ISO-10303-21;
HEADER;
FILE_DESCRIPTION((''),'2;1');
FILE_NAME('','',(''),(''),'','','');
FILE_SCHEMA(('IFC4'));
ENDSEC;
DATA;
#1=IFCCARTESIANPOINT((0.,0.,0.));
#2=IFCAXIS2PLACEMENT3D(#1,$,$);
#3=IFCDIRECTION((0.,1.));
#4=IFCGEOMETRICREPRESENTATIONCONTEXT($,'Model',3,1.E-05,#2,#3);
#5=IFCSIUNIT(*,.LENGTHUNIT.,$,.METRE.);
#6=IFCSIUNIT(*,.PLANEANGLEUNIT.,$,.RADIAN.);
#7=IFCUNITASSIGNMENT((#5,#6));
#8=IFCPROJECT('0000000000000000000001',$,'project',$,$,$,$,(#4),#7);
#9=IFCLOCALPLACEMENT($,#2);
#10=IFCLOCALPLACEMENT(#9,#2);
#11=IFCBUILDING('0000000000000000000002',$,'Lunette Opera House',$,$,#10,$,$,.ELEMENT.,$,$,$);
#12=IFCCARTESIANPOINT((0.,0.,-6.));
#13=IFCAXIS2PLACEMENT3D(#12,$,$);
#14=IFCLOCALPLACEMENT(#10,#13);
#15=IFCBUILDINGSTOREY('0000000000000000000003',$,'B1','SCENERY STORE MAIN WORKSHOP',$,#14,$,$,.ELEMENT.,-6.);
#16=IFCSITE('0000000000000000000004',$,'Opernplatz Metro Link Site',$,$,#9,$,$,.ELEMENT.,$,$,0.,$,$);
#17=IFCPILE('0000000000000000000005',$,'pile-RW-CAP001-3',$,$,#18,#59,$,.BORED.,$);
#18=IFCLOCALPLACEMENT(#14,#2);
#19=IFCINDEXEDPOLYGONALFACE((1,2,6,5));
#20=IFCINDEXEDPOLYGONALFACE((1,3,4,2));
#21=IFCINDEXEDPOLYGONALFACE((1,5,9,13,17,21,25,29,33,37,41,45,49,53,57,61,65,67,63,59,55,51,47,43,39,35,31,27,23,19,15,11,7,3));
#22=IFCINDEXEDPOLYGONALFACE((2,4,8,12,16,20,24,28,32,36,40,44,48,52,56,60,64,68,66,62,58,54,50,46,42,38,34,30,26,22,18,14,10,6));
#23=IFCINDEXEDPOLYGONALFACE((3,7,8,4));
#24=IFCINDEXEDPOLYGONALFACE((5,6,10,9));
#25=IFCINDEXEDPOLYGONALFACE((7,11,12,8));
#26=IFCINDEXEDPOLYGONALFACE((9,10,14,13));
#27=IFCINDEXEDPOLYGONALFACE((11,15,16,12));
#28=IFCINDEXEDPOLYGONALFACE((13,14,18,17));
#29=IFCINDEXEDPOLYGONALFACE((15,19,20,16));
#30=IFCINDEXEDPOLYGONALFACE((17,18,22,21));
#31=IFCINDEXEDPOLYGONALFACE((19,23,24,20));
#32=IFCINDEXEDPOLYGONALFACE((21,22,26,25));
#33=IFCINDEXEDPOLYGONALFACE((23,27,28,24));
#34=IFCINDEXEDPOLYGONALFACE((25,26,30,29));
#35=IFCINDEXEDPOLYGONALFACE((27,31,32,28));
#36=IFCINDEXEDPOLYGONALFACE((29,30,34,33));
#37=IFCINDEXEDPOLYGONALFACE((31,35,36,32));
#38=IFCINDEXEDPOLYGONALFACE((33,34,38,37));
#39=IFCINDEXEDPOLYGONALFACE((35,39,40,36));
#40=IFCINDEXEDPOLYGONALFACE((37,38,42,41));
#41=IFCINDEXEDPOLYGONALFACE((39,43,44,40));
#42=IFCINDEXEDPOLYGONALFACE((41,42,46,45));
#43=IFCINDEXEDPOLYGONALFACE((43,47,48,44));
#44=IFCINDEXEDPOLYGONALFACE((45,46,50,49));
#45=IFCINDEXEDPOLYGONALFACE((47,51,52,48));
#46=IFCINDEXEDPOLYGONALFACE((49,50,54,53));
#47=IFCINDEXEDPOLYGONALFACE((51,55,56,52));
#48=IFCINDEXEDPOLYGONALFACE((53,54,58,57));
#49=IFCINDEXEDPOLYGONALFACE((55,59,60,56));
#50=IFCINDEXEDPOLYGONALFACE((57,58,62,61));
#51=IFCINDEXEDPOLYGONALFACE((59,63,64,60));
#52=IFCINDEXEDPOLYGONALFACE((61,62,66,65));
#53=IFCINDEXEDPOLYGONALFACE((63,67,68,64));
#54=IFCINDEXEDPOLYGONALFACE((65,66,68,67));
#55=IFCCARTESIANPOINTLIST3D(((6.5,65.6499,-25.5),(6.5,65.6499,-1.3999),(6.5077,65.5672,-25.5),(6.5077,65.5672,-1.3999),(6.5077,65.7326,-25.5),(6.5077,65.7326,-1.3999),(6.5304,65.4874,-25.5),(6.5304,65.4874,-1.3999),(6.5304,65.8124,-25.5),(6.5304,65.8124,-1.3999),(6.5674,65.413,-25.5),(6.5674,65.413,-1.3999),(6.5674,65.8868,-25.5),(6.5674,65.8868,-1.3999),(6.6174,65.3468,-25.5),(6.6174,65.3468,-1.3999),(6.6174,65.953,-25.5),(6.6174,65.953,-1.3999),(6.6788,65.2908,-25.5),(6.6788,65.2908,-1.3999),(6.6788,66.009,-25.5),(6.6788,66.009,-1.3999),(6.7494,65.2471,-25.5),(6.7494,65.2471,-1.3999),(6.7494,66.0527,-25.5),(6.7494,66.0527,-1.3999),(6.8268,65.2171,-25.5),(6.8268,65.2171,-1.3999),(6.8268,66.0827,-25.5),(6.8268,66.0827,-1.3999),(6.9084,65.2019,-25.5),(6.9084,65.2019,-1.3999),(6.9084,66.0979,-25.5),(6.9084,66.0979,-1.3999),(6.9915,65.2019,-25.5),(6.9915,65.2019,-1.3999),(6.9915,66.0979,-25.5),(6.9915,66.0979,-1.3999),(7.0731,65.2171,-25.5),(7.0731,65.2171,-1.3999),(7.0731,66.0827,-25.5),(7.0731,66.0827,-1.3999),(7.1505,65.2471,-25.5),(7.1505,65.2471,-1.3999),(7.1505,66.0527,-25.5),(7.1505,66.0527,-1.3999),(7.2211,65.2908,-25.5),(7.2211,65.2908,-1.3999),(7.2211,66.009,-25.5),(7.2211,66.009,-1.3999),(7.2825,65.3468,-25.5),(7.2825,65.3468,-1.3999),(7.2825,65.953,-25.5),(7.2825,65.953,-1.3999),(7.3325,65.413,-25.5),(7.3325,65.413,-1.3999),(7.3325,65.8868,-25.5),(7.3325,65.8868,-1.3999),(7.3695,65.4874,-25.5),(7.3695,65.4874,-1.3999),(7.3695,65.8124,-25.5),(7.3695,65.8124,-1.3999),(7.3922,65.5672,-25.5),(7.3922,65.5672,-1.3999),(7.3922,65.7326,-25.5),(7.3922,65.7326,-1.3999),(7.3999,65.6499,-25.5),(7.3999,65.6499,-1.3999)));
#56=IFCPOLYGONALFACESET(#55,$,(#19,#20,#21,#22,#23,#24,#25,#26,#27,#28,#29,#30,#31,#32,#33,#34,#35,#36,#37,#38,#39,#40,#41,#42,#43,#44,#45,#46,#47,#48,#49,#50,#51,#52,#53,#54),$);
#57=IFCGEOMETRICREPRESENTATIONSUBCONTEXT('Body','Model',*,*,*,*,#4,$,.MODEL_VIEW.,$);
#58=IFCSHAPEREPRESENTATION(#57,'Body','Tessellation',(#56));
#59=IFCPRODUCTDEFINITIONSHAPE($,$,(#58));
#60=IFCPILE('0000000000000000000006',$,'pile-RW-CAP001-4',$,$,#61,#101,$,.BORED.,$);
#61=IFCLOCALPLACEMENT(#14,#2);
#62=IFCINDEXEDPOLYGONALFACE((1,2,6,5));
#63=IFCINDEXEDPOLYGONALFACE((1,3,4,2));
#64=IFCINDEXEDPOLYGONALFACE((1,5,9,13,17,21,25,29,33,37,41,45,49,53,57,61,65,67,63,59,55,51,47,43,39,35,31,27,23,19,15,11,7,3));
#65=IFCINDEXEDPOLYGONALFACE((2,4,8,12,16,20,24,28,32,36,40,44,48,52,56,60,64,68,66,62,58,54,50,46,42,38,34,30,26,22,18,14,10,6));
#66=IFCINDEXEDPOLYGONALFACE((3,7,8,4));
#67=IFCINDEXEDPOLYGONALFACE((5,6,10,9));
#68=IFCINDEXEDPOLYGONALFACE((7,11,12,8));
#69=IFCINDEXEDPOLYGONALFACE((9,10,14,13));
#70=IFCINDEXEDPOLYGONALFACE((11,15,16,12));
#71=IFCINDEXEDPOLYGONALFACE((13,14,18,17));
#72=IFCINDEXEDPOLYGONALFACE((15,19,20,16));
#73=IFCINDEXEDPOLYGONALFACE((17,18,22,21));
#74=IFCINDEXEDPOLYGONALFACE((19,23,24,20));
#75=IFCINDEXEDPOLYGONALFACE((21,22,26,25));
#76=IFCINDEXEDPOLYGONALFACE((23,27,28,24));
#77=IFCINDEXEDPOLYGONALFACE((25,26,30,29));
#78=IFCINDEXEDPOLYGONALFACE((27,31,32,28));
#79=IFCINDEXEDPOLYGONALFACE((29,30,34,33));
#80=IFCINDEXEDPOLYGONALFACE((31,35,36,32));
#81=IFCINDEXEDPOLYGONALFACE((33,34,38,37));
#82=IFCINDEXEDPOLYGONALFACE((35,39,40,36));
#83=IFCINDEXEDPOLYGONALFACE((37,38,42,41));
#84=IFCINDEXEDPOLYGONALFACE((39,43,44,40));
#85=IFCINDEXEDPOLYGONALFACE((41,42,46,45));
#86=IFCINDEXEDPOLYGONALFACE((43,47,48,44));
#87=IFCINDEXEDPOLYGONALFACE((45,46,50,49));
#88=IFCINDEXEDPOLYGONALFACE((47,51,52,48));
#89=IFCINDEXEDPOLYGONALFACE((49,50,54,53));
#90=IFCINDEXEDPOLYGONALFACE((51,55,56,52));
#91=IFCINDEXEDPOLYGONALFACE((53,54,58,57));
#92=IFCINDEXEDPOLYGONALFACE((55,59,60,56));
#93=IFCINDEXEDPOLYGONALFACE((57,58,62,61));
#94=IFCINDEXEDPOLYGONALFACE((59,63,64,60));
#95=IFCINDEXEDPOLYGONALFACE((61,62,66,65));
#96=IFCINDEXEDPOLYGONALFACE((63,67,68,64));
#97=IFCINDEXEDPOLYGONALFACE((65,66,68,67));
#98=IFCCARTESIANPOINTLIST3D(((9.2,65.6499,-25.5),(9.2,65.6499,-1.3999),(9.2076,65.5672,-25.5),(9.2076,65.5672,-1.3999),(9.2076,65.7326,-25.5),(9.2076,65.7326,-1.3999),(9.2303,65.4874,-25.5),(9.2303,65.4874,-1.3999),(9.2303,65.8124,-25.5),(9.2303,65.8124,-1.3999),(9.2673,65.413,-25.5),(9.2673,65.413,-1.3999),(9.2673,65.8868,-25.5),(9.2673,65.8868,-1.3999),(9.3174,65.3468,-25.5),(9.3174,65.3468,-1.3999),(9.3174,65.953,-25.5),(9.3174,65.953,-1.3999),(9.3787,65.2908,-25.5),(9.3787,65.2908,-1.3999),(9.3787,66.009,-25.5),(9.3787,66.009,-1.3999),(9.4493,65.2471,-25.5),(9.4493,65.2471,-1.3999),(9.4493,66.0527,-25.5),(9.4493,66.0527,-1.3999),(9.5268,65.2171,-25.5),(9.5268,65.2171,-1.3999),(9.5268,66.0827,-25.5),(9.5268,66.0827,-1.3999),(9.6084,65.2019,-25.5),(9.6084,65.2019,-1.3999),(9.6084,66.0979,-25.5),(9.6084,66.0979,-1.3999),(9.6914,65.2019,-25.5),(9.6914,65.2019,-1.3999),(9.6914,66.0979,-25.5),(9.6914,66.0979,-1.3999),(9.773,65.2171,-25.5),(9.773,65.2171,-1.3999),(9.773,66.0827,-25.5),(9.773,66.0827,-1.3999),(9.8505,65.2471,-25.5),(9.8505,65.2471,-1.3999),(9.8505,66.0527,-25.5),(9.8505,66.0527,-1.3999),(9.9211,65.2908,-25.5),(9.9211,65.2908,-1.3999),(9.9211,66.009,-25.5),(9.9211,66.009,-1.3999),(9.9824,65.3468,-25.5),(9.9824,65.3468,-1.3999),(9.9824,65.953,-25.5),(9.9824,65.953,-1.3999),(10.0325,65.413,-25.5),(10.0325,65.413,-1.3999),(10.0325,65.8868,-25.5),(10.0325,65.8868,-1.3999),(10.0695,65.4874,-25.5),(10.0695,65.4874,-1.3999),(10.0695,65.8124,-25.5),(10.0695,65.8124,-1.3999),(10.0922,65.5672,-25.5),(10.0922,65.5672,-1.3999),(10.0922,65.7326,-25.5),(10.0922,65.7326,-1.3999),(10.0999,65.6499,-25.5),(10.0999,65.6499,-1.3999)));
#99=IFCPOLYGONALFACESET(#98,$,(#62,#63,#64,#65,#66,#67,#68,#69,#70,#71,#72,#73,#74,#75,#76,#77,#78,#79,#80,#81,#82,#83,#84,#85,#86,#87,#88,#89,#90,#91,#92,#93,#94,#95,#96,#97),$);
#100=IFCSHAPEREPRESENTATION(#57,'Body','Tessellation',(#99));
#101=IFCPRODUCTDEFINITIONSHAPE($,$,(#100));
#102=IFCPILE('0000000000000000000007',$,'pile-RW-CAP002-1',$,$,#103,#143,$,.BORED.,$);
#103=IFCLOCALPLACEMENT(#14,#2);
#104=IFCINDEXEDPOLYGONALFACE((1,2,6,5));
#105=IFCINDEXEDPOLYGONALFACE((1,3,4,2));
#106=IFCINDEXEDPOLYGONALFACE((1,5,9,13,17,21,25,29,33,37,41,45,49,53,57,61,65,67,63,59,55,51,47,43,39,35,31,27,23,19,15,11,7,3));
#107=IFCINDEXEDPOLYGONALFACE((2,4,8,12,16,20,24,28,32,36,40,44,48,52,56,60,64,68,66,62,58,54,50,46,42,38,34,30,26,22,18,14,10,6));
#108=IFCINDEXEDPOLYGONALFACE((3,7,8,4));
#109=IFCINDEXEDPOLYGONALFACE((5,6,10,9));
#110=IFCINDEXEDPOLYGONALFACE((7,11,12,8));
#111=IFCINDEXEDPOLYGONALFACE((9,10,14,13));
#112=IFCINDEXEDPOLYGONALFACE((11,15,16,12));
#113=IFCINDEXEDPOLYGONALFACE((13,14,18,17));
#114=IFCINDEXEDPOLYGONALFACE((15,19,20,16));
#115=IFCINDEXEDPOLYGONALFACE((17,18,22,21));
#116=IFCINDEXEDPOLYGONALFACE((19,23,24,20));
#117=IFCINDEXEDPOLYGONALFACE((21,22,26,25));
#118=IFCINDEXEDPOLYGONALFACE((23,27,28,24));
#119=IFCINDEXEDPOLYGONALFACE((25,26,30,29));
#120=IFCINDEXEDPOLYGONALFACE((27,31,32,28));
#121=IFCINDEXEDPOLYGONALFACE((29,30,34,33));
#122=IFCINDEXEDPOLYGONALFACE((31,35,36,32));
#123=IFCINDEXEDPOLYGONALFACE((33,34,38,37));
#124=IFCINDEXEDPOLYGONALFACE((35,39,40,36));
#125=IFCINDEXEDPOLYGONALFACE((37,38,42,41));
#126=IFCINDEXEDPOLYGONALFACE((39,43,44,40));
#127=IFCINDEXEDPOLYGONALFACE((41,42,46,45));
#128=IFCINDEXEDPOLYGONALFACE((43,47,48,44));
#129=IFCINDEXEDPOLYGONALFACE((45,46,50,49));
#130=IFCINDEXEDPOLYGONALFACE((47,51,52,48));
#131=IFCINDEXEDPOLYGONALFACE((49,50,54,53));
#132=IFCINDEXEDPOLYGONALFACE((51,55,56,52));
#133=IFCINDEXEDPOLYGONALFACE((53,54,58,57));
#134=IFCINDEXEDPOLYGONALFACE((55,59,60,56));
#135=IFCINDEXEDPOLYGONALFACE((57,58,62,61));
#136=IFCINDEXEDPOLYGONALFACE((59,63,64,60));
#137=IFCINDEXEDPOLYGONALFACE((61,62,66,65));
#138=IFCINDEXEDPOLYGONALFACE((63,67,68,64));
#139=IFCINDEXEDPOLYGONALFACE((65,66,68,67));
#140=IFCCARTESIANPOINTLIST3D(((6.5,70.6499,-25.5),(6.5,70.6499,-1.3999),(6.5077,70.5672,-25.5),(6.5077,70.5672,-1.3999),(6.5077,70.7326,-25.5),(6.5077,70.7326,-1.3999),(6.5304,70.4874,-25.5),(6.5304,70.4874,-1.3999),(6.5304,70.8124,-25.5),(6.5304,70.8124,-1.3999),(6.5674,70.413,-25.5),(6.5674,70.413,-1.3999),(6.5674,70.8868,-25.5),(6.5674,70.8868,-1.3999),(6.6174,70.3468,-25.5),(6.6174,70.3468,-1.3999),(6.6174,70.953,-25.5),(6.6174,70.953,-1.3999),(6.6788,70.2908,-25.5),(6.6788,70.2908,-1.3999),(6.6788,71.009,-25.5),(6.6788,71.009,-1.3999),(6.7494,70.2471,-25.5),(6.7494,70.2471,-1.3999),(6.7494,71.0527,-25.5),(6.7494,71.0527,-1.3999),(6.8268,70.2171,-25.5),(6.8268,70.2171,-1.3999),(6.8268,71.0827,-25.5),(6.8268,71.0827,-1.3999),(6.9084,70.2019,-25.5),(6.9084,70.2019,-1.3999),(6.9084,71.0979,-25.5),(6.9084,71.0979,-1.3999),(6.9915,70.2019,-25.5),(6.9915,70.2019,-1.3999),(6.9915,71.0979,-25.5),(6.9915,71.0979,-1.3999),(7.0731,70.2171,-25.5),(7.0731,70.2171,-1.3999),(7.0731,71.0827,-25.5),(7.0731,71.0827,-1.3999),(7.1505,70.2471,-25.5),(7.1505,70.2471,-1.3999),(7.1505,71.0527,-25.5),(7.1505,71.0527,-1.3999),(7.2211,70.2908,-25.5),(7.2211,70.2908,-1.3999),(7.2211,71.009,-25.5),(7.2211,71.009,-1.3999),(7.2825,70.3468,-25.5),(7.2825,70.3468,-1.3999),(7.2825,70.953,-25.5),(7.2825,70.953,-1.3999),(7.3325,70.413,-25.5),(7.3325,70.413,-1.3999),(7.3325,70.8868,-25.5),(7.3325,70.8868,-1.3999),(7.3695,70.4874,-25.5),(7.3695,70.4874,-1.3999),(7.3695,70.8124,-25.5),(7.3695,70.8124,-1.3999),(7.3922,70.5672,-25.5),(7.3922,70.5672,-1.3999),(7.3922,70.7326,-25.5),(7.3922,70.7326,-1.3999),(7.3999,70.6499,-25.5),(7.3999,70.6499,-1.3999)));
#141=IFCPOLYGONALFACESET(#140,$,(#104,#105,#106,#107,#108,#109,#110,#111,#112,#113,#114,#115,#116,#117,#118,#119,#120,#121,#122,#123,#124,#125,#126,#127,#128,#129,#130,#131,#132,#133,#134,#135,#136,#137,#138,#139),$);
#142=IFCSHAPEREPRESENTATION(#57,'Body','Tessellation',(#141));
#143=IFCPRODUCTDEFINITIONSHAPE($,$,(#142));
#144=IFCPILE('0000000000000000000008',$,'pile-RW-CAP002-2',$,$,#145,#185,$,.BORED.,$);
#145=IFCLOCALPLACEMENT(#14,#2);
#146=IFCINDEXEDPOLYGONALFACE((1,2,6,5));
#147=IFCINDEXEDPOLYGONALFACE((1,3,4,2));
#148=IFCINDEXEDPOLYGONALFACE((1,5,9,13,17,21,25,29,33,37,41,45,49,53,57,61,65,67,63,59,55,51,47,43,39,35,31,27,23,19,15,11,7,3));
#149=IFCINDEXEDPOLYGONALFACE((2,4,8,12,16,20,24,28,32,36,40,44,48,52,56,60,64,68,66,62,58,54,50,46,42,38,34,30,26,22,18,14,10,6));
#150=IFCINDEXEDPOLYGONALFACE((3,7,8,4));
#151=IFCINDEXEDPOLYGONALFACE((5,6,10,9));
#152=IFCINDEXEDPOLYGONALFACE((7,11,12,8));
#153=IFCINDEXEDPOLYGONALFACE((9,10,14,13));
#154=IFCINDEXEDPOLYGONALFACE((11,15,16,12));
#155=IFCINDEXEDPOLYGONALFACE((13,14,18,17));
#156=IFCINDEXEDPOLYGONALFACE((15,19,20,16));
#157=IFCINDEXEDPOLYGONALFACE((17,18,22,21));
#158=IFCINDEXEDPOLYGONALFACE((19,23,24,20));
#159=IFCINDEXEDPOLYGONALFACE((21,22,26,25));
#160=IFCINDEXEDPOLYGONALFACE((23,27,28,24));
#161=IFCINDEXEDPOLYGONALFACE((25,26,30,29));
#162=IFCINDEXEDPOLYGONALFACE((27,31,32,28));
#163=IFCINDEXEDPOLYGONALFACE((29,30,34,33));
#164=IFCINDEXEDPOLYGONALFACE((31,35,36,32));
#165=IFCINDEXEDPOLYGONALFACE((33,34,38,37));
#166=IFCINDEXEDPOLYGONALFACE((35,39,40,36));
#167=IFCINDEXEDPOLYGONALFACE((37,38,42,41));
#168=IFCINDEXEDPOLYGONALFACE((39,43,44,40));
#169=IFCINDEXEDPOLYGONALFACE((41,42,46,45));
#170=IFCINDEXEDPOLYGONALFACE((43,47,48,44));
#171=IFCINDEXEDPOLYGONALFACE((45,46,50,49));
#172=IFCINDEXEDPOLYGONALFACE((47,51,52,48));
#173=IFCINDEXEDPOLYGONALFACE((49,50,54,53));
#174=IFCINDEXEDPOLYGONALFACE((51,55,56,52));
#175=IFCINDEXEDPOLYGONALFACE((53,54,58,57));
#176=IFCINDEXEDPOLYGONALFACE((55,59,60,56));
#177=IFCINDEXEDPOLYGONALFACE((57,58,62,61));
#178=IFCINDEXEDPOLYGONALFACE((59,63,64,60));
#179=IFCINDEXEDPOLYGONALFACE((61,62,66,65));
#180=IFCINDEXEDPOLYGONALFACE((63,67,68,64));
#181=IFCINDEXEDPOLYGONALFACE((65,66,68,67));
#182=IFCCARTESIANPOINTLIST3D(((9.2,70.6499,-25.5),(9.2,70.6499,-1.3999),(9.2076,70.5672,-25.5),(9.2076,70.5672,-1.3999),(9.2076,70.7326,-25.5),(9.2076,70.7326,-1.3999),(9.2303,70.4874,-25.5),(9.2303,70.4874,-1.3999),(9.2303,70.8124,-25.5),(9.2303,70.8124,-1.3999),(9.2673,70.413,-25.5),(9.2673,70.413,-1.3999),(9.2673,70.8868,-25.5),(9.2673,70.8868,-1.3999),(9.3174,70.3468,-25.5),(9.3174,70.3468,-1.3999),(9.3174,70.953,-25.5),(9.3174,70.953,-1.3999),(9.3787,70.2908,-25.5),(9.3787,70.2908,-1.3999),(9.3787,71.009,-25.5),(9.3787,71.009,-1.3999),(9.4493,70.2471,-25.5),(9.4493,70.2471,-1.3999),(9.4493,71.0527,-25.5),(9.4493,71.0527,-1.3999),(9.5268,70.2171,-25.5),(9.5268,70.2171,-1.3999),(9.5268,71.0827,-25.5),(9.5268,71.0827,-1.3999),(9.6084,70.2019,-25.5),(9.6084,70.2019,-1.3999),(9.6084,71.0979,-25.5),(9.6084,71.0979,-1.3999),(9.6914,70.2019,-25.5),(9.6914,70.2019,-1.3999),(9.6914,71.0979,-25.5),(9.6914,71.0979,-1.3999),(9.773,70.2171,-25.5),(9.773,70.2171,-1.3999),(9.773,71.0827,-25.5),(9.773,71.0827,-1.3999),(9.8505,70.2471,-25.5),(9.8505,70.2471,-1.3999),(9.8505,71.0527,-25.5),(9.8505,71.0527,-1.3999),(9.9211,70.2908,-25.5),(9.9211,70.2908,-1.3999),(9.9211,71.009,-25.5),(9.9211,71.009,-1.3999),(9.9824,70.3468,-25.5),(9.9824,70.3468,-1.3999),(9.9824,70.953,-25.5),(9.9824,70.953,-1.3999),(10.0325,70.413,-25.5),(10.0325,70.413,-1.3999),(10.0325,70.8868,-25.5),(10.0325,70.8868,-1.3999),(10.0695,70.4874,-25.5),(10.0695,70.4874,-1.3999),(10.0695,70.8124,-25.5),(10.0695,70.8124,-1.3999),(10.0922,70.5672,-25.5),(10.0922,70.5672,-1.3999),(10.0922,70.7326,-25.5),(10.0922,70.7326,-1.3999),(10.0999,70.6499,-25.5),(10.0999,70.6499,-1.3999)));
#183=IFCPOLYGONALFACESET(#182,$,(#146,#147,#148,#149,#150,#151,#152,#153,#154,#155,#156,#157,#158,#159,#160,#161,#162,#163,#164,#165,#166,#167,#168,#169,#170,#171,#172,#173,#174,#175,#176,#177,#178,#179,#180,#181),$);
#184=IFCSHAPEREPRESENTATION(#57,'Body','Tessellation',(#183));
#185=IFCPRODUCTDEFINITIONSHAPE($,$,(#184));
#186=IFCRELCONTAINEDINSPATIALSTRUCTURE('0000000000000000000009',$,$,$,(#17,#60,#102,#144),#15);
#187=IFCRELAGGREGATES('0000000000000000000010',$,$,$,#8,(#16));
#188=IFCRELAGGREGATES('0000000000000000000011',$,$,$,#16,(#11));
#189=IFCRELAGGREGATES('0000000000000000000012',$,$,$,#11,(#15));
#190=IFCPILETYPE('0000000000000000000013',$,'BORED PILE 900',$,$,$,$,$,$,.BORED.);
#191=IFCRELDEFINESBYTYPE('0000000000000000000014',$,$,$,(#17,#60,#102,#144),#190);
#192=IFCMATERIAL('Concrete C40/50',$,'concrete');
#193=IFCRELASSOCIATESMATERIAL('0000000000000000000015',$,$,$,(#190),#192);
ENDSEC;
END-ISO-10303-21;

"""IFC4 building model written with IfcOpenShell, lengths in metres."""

from ifc_helpers import new_model, si_unit, direction, frame, origin, origin_2d, place, context, subcontext, project, spatial, circle, extrude, material, material_profile, profile_set, type_object, element, save


model = new_model("IFC4")

# Units and contexts
model_context = context("Model", 3, precision=1e-05, world=origin(), true_north=direction((0.0, 1.0)))
body_context = subcontext(model_context, "Body", "Model", "MODEL_VIEW")
ifc_project = project(units=[si_unit("LENGTHUNIT", "METRE"), si_unit("PLANEANGLEUNIT", "RADIAN")], contexts=[model_context])

# Site, building, storey
site_placement = place(None, origin())
site = spatial("IfcSite", under=ifc_project, at=site_placement, Name="Opernplatz Metro Link Site", CompositionType="ELEMENT", RefElevation=0.0)
building_placement = place(site_placement, origin())
building = spatial("IfcBuilding", under=site, at=building_placement, Name="Lunette Opera House", CompositionType="ELEMENT")
storey_placement = place(building_placement, frame((0.0, 0.0, -6.0)))
storey = spatial("IfcBuildingStorey", under=building, at=storey_placement, Name="B1", Description="SCENERY STORE MAIN WORKSHOP", CompositionType="ELEMENT", Elevation=-6.0)

# Piles
ifc_material_1 = material(Name="Concrete C40/50", Category="concrete")
ifc_material_profile_1 = material_profile(ifc_material_1, circle(Radius=0.45, at=origin_2d()), Name="BORED PILE 900")
ifc_profile_set_1 = profile_set([ifc_material_profile_1], Name="Concrete C40/50")
pile_type = type_object("IfcPileType", Name="BORED PILE 900", PredefinedType="BORED", material=ifc_profile_set_1)
for number, where, z_axis, x_axis, name in (
    (1, (6.95, 65.6499, -1.3999), (0.0, 0.0, -1.0), (1.0, 0.0, 0.0), "pile-RW-CAP001-3"),
    (2, (9.6499, 65.6499, -1.3999), (0.0, 0.0, -1.0), (1.0, 0.0, 0.0), "pile-RW-CAP001-4"),
    (3, (6.95, 70.6499, -1.3999), (0.0, 0.0, -1.0), (1.0, 0.0, 0.0), "pile-RW-CAP002-1"),
    (4, (9.6499, 70.6499, -1.3999), (0.0, 0.0, -1.0), (1.0, 0.0, 0.0), "pile-RW-CAP002-2"),
):
    element("IfcPile", number, at=place(storey_placement, frame(where, z_axis=z_axis, x_axis=x_axis)), inside=storey, type_object=pile_type, Name=name, PredefinedType="BORED", context=body_context, shape_type="SweptSolid", body=[
        extrude(circle(Radius=0.45, at=origin_2d()), origin(), (0.0, 0.0, 1.0), 24.1001),
    ])

save(model, "model.ifc")
